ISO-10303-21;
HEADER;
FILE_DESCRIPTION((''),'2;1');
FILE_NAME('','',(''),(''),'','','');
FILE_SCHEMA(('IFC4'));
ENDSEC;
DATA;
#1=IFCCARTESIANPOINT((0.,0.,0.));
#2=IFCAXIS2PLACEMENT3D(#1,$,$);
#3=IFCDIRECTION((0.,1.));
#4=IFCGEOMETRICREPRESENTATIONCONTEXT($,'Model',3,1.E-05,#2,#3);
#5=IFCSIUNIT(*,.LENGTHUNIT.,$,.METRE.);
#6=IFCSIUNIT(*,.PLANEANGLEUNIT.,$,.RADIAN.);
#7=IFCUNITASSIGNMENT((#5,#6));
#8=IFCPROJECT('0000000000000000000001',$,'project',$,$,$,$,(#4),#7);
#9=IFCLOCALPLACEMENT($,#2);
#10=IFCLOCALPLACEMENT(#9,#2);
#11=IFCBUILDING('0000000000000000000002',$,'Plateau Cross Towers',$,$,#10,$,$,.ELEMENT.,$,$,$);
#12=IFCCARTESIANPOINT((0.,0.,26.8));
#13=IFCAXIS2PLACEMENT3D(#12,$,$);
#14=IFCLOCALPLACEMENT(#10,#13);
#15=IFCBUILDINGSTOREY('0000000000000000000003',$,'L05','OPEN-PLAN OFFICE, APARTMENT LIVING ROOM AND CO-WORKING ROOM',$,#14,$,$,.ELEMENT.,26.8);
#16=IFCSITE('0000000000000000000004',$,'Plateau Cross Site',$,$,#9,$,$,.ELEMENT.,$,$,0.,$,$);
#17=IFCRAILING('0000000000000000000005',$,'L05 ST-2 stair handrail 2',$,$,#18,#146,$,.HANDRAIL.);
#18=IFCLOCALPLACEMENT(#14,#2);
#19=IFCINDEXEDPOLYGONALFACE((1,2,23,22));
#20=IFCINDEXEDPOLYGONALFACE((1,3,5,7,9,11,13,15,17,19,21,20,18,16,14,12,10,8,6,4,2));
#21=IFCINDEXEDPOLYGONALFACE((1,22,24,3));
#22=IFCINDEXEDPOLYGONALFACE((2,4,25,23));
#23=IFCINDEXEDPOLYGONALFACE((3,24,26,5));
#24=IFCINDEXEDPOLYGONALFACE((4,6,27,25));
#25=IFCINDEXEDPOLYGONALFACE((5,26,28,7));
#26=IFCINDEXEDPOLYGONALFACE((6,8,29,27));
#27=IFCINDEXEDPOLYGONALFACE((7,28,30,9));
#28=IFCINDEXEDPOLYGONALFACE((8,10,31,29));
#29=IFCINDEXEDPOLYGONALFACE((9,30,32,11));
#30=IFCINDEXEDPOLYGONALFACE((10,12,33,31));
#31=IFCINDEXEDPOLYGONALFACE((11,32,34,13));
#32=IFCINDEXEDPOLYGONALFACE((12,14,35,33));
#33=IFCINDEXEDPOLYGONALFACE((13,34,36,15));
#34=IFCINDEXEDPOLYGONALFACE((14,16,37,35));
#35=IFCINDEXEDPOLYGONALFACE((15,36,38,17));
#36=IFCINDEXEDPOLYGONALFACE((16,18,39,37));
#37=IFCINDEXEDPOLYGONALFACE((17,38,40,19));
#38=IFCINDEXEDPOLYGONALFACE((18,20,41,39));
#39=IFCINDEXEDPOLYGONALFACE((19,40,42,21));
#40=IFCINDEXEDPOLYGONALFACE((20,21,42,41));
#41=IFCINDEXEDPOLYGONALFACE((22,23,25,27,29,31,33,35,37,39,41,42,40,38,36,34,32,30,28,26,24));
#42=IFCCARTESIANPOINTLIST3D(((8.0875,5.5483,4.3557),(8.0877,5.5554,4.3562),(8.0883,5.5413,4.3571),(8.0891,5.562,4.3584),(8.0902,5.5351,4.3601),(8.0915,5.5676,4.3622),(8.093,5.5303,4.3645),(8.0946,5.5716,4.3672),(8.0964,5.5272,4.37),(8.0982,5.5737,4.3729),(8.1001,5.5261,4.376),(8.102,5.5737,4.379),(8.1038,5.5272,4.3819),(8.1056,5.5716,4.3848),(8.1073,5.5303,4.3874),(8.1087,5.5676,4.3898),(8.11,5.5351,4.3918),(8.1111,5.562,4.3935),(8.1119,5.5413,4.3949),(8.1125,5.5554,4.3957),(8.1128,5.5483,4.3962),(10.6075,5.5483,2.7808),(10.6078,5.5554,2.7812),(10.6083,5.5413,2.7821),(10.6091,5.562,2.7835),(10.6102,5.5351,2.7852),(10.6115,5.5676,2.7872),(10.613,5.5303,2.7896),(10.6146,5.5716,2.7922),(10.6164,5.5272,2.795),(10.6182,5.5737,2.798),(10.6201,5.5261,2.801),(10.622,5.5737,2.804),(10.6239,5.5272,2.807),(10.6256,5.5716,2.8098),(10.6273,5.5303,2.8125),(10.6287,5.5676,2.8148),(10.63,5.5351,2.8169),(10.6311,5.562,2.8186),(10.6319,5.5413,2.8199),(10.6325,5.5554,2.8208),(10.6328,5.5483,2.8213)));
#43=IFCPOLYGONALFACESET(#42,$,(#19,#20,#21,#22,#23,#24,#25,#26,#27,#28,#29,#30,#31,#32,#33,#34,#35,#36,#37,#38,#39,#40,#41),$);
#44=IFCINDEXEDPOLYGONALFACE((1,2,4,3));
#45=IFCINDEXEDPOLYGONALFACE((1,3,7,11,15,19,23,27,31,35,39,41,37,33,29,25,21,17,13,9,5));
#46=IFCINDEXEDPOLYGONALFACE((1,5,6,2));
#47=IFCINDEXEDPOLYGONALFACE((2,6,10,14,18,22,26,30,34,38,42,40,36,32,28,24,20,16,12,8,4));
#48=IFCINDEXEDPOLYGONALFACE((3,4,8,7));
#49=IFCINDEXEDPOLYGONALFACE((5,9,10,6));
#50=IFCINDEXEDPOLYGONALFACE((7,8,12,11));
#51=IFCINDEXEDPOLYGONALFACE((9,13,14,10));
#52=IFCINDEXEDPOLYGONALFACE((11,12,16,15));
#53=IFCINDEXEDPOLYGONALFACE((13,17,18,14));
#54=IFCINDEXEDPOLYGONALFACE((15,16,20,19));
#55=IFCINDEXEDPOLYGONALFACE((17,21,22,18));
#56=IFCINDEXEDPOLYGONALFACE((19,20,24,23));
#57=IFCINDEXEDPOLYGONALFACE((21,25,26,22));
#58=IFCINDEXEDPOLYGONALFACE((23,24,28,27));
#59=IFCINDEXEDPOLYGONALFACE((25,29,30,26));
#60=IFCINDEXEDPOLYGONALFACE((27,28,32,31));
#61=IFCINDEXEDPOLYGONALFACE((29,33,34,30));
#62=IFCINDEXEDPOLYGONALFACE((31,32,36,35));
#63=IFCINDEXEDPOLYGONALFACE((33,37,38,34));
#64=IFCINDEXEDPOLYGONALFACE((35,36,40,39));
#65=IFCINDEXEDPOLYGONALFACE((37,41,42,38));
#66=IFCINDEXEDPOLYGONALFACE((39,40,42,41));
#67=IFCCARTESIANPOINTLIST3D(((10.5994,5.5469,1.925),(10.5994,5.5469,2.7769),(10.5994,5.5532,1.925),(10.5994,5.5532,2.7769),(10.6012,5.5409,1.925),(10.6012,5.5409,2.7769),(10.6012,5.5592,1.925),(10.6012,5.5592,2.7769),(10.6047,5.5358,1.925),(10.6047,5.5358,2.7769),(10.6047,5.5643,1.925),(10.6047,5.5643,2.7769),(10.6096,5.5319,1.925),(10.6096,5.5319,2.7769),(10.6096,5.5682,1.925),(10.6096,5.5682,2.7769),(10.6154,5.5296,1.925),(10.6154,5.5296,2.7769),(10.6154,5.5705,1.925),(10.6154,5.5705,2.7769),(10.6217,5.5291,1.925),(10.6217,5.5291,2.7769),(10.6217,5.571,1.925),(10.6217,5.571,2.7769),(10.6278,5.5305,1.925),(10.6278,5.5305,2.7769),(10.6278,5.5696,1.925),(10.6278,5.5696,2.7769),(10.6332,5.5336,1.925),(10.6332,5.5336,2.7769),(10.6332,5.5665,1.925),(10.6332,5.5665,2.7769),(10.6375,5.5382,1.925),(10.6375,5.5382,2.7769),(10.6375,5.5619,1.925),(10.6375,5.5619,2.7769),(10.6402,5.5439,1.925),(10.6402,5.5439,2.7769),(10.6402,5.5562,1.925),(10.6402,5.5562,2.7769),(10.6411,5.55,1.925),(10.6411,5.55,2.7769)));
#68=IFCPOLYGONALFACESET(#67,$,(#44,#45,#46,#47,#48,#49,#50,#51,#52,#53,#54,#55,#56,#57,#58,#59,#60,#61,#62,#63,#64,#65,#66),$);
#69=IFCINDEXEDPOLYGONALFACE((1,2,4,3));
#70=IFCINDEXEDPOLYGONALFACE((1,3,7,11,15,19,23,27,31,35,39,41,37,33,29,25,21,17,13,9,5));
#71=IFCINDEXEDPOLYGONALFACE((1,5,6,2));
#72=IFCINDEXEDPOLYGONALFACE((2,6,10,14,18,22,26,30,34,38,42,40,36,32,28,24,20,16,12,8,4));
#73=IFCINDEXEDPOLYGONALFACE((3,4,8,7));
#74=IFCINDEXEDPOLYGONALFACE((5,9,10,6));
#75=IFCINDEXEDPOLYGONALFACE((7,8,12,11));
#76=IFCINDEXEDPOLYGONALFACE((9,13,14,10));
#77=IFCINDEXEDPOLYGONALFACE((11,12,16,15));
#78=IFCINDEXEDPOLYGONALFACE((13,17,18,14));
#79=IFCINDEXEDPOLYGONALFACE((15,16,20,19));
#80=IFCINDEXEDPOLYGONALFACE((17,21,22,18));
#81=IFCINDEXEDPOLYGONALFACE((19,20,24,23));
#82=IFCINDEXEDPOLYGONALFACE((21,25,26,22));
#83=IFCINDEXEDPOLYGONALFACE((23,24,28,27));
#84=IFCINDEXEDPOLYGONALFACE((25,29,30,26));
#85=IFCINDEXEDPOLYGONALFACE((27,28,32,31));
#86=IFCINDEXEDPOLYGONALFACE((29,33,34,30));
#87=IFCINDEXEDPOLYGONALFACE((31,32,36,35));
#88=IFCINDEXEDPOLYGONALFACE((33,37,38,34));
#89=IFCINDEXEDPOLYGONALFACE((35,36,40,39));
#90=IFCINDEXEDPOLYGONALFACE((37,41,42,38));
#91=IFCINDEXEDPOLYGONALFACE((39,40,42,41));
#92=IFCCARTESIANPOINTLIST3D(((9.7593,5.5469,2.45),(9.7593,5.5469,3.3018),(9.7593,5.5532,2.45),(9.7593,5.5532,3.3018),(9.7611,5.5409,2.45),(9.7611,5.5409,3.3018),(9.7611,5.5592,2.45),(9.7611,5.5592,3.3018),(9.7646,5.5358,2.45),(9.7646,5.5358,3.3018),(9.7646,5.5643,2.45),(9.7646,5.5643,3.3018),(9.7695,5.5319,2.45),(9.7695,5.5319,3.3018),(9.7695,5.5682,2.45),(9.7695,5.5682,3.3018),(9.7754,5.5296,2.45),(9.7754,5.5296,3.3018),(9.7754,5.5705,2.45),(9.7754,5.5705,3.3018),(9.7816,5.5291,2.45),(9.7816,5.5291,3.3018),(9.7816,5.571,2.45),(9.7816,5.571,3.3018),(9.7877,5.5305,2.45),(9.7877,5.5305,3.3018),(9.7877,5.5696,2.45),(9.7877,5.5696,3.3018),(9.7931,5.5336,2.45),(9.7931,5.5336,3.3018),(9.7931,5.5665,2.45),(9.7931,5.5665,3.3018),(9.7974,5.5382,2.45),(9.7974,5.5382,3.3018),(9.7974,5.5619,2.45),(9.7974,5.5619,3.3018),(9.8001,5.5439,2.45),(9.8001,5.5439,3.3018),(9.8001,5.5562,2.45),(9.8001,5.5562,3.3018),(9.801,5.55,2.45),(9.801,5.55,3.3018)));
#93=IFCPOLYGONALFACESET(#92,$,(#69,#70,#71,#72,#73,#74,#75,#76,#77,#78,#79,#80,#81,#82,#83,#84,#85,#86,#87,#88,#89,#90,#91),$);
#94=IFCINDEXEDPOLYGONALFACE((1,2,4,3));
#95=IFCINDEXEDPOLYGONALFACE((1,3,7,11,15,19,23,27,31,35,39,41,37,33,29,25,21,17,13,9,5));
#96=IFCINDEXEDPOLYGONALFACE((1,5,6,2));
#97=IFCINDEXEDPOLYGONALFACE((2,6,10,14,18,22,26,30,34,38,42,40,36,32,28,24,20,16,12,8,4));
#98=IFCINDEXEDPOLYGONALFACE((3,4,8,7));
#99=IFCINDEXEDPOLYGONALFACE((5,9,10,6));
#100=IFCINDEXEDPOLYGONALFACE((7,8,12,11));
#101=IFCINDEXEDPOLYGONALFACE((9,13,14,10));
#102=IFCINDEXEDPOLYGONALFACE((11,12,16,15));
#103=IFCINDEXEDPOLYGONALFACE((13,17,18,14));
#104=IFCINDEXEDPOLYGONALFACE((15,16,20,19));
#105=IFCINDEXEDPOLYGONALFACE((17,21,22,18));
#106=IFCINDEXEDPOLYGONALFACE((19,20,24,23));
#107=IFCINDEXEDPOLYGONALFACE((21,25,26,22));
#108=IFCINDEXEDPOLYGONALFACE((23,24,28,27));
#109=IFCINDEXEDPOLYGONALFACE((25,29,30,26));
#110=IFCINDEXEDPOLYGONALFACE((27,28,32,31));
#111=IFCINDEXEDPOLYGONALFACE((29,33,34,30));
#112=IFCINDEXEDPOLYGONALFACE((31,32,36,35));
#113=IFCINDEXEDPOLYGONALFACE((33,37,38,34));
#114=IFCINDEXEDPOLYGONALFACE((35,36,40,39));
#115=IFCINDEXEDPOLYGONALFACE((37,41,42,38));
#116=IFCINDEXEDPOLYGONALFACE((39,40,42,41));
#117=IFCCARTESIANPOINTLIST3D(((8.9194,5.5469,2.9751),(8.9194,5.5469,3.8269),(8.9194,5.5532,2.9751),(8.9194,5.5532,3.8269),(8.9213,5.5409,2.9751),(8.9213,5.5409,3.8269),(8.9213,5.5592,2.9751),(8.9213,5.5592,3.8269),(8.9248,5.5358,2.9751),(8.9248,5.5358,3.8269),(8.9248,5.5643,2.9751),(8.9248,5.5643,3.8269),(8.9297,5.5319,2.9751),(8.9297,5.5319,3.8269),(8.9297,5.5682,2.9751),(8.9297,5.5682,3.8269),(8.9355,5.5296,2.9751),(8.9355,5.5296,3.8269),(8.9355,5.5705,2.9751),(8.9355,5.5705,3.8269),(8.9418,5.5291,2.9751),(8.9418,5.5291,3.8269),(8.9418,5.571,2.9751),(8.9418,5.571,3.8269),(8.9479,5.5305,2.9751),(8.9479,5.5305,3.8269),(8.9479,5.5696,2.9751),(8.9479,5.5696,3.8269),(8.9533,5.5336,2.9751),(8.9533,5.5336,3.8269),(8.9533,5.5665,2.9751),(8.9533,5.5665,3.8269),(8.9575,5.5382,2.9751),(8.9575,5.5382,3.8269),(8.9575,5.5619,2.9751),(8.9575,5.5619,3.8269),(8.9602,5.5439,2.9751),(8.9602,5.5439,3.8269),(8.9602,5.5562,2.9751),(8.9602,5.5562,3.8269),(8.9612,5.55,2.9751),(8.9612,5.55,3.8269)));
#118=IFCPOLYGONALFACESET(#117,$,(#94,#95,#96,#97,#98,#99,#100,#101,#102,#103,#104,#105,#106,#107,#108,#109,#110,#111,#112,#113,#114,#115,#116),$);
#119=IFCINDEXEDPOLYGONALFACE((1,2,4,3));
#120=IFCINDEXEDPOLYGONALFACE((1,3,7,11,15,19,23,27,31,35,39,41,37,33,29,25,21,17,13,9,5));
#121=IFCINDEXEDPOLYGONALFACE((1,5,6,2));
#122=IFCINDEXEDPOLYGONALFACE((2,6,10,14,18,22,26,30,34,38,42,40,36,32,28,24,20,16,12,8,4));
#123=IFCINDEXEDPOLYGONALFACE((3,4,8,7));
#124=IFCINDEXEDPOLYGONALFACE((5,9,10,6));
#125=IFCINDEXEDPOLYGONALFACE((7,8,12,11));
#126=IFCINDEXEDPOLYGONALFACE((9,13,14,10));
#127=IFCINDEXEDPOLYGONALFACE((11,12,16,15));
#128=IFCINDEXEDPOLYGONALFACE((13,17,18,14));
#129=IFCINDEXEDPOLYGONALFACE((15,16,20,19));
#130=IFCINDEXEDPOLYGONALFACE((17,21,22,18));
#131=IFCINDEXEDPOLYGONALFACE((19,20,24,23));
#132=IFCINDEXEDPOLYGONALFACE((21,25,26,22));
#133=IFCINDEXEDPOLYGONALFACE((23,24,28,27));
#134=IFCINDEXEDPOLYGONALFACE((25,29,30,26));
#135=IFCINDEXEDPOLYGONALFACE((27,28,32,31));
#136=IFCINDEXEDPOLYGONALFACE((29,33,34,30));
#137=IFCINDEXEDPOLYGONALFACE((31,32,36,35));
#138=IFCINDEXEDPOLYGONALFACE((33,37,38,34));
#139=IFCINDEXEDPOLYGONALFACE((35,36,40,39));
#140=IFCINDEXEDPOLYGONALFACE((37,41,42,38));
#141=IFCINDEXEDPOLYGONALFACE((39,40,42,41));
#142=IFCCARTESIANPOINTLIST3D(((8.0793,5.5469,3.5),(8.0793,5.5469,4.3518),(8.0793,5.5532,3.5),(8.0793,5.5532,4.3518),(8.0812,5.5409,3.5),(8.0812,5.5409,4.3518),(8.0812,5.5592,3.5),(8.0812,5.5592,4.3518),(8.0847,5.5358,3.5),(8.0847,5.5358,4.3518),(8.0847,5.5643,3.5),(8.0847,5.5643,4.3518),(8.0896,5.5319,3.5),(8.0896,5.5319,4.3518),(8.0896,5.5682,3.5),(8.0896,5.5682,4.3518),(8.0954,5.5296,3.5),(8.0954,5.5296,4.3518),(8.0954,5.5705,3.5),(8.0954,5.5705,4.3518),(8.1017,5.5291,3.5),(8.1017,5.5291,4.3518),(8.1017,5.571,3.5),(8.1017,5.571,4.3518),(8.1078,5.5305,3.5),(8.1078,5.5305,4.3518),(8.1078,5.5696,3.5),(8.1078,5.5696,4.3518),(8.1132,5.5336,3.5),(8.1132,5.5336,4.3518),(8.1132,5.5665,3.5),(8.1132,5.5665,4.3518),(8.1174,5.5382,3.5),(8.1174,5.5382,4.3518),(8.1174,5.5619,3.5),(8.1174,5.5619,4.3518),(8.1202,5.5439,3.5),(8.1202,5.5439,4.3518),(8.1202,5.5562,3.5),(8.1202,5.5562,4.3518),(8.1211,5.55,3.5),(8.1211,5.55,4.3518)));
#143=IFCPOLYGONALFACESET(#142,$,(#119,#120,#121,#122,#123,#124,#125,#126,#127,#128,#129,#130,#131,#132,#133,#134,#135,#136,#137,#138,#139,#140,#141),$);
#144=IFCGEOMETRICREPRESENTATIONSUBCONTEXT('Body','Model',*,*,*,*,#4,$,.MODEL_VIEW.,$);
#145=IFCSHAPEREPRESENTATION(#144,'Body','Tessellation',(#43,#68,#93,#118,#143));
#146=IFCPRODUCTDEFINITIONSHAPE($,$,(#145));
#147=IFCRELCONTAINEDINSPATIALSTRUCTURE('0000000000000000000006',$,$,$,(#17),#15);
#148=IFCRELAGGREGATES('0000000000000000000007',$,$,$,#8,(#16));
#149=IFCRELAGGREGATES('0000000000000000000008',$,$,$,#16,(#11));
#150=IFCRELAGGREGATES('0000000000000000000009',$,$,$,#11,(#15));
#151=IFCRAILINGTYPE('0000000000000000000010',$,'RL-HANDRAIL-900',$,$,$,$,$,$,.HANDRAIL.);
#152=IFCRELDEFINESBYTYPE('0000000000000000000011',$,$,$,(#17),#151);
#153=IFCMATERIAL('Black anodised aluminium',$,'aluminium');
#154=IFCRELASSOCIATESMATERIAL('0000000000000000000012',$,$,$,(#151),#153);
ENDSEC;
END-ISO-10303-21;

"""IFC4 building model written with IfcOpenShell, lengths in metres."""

from ifc_helpers import new_model, si_unit, direction, frame, origin, origin_2d, place, context, subcontext, project, spatial, circle, extrude, material, type_object, element, save


model = new_model("IFC4")

# Units and contexts
model_context = context("Model", 3, precision=1e-05, world=origin(), true_north=direction((0.0, 1.0)))
body_context = subcontext(model_context, "Body", "Model", "MODEL_VIEW")
ifc_project = project(units=[si_unit("LENGTHUNIT", "METRE"), si_unit("PLANEANGLEUNIT", "RADIAN")], contexts=[model_context])

# Site, building, storey
site_placement = place(None, origin())
site = spatial("IfcSite", under=ifc_project, at=site_placement, Name="Plateau Cross Site", CompositionType="ELEMENT", RefElevation=0.0)
building_placement = place(site_placement, origin())
building = spatial("IfcBuilding", under=site, at=building_placement, Name="Plateau Cross Towers", CompositionType="ELEMENT")
storey_placement = place(building_placement, frame((0.0, 0.0, 26.8)))
storey = spatial("IfcBuildingStorey", under=building, at=storey_placement, Name="L05", Description="OPEN-PLAN OFFICE, APARTMENT LIVING ROOM AND CO-WORKING ROOM", CompositionType="ELEMENT", Elevation=26.8)

# Railing
ifc_material_1 = material(Name="Black anodised aluminium", Category="aluminium")
railing_type_1 = type_object("IfcRailingType", Name="RL-HANDRAIL-900", PredefinedType="HANDRAIL", material=ifc_material_1)
railing_1_placement = place(storey_placement, frame((10.6201, 5.55, 1.925)))
element("IfcRailing", 1, at=railing_1_placement, inside=storey, type_object=railing_type_1, Name="L05 ST-2 stair handrail 2", PredefinedType="HANDRAIL", context=body_context, shape_type="SweptSolid", body=[
    extrude(circle(Radius=0.0239, at=origin_2d()), frame((0.0, 0.0, 0.876), z_axis=(-0.848008, 0.0, 0.529984), x_axis=(0.0, -1.0, 0.0)), (0.0, 0.0, 1.0), 2.9717),
    extrude(circle(Radius=0.021, at=origin_2d()), origin(), (0.0, 0.0, 1.0), 0.8518),
    extrude(circle(Radius=0.021, at=origin_2d()), frame((-0.8401, 0.0, 0.5249)), (0.0, 0.0, 1.0), 0.8518),
    extrude(circle(Radius=0.021, at=origin_2d()), frame((-1.6799, 0.0, 1.05)), (0.0, 0.0, 1.0), 0.8518),
    extrude(circle(Radius=0.021, at=origin_2d()), frame((-2.52, 0.0, 1.575)), (0.0, 0.0, 1.0), 0.8518),
])

save(model, "model.ifc")
